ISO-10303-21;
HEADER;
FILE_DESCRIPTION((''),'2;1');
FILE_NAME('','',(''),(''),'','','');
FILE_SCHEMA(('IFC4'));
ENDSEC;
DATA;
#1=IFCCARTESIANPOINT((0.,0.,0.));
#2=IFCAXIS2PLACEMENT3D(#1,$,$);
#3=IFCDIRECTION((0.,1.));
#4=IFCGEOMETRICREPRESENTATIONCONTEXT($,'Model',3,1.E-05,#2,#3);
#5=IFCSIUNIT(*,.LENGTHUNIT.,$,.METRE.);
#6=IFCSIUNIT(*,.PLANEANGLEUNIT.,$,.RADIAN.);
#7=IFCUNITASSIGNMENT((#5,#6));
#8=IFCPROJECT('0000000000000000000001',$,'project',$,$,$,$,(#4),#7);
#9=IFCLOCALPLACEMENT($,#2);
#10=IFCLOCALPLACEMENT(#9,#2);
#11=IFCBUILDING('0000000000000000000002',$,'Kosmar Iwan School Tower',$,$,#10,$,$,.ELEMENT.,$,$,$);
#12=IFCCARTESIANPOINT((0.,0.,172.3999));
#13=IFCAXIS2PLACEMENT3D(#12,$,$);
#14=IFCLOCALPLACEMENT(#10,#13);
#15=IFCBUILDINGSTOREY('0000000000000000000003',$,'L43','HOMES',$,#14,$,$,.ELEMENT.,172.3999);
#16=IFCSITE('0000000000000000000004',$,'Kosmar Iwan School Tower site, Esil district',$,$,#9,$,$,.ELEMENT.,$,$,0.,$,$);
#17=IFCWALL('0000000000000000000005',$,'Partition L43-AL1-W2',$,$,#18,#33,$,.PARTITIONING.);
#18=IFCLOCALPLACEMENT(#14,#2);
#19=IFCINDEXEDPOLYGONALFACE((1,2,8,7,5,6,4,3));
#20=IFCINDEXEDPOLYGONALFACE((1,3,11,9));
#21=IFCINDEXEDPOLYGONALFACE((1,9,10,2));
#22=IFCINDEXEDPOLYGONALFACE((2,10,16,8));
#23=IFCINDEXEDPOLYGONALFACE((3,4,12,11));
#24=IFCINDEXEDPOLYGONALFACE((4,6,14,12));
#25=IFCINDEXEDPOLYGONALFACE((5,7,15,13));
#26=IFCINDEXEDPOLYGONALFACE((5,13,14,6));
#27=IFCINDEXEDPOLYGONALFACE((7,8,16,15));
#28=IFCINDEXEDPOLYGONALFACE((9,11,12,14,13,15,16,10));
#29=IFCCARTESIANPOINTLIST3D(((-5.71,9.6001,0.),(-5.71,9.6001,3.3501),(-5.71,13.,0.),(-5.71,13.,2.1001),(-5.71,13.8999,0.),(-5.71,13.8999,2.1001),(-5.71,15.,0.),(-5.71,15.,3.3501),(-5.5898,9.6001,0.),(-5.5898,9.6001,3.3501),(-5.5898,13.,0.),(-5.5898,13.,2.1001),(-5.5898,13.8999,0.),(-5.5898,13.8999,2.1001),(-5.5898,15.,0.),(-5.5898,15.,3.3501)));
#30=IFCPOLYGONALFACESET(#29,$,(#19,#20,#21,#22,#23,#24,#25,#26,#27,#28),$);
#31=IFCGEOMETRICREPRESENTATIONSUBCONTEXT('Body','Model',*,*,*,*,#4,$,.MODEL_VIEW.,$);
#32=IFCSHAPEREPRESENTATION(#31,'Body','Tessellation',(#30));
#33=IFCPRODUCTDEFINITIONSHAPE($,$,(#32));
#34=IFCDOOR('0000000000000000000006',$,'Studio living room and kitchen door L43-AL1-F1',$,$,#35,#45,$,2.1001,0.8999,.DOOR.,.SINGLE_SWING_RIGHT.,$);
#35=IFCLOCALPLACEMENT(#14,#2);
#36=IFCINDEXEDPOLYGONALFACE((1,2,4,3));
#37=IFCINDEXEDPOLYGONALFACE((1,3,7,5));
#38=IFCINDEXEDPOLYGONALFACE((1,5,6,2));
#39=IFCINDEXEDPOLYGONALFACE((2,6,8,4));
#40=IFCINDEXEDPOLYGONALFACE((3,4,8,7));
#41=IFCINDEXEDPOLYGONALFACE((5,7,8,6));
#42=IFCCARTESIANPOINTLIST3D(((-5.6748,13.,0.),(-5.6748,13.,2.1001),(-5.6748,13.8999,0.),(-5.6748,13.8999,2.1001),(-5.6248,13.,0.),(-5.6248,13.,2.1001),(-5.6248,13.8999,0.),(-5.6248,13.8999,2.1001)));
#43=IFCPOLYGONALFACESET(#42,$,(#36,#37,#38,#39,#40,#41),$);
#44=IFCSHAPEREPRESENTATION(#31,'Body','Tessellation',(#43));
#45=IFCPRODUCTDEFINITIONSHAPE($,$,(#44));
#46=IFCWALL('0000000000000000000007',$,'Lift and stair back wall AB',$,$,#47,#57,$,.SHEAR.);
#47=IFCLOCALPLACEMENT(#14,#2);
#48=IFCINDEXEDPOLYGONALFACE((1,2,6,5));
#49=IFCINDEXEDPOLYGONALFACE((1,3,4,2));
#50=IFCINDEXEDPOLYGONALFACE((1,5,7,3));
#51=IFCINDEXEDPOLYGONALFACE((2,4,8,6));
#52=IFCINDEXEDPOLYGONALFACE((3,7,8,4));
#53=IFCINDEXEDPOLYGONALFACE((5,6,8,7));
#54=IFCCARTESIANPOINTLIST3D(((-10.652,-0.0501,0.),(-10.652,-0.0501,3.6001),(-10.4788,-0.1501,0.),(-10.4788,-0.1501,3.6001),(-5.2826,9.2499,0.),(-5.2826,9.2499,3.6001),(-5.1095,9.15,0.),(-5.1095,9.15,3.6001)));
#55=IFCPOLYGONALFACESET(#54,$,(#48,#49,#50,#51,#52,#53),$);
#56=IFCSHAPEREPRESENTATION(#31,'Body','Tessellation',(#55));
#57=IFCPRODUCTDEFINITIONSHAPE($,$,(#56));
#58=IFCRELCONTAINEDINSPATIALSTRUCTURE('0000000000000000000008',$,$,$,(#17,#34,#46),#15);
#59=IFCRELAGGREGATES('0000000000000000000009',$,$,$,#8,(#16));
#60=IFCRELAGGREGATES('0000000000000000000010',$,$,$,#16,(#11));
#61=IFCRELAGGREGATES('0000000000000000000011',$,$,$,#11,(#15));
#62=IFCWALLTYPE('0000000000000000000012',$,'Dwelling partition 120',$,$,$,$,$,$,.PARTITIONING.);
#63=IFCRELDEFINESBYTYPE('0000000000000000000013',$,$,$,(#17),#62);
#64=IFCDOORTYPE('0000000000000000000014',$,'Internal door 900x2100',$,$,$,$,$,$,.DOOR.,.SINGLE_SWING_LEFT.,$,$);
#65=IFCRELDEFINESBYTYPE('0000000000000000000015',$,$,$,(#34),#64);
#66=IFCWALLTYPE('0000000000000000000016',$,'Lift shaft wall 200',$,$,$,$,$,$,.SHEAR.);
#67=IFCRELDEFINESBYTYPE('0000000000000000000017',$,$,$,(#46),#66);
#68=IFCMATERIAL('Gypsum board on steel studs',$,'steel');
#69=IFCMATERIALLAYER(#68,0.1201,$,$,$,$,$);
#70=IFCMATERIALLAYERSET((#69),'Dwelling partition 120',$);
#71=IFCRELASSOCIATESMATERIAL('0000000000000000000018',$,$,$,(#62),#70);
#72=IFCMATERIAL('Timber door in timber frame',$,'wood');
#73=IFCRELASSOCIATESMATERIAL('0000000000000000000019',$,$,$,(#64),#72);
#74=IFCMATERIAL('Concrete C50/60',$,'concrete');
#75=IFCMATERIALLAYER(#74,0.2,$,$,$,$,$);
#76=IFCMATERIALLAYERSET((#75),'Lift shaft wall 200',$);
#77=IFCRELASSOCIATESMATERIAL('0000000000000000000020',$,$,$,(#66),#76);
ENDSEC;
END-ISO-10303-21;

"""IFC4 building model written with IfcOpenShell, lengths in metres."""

from ifc_helpers import new_model, si_unit, direction, frame, frame_2d, origin, place, context, subcontext, project, spatial, rectangle, extrude, material, layer, layer_set, type_object, element, fill, save


model = new_model("IFC4")

# Units and contexts
model_context = context("Model", 3, precision=1e-05, world=origin(), true_north=direction((0.0, 1.0)))
body_context = subcontext(model_context, "Body", "Model", "MODEL_VIEW")
ifc_project = project(units=[si_unit("LENGTHUNIT", "METRE"), si_unit("PLANEANGLEUNIT", "RADIAN")], contexts=[model_context])

# Site, building, storey
site_placement = place(None, origin())
site = spatial("IfcSite", under=ifc_project, at=site_placement, Name="Kosmar Iwan School Tower site, Esil district", CompositionType="ELEMENT", RefElevation=0.0)
building_placement = place(site_placement, origin())
building = spatial("IfcBuilding", under=site, at=building_placement, Name="Kosmar Iwan School Tower", CompositionType="ELEMENT")
storey_placement = place(building_placement, frame((0.0, 0.0, 172.3999)))
storey = spatial("IfcBuildingStorey", under=building, at=storey_placement, Name="L43", Description="HOMES", CompositionType="ELEMENT", Elevation=172.3999)

# Shared definitions
ifc_material_1 = material(Name="Gypsum board on steel studs", Category="steel")
ifc_layer_1 = layer(ifc_material_1, 0.1201)
ifc_layer_set_1 = layer_set([ifc_layer_1], Name="Dwelling partition 120")
wall_type_1 = type_object("IfcWallType", Name="Dwelling partition 120", PredefinedType="PARTITIONING", material=ifc_layer_set_1)
ifc_material_2 = material(Name="Timber door in timber frame", Category="wood")
door_type_1 = type_object("IfcDoorType", Name="Internal door 900x2100", OperationType="SINGLE_SWING_LEFT", PredefinedType="DOOR", material=ifc_material_2)

# Wall, opening, door
wall_1_placement = place(storey_placement, frame((-5.6499, 9.6001, 0.0), z_axis=(0.0, 0.0, 1.0), x_axis=(0.0, 1.0, 0.0)))
wall_1 = element("IfcWall", 1, at=wall_1_placement, inside=storey, type_object=wall_type_1, Name="Partition L43-AL1-W2", PredefinedType="PARTITIONING", context=body_context, shape_type="SweptSolid", body=[
    extrude(rectangle(XDim=5.3999, YDim=0.1201, at=frame_2d((2.7, 0.0))), origin(), (0.0, 0.0, 1.0), 3.3501),
])
opening_1_placement = place(wall_1_placement, frame((3.3999, 0.0, 0.0)))
opening_1 = element("IfcOpeningElement", 2, at=opening_1_placement, cuts=wall_1, PredefinedType="OPENING", context=body_context, shape_type="SweptSolid", body=[
    extrude(rectangle(XDim=0.8999, YDim=2.1001, at=frame_2d((0.45, 1.05))), frame((0.0, 0.072, 0.0), z_axis=(0.0, -1.0, 0.0), x_axis=(1.0, 0.0, 0.0)), (0.0, 0.0, 1.0), 0.144),
])
door_1_placement = place(opening_1_placement, origin())
door_1 = element("IfcDoor", 3, at=door_1_placement, inside=storey, type_object=door_type_1, Name="Studio living room and kitchen door L43-AL1-F1", OperationType="SINGLE_SWING_RIGHT", OverallHeight=2.1001, OverallWidth=0.8999, PredefinedType="DOOR", context=body_context, shape_type="SweptSolid", body=[
    extrude(rectangle(XDim=0.8999, YDim=2.1001, at=frame_2d((0.45, 1.05))), frame((0.0, 0.0249, 0.0), z_axis=(0.0, -1.0, 0.0), x_axis=(1.0, 0.0, 0.0)), (0.0, 0.0, 1.0), 0.05),
])
fill(opening_1, door_1)

# Wall
ifc_material_3 = material(Name="Concrete C50/60", Category="concrete")
ifc_layer_2 = layer(ifc_material_3, 0.2)
ifc_layer_set_2 = layer_set([ifc_layer_2], Name="Lift shaft wall 200")
wall_type_2 = type_object("IfcWallType", Name="Lift shaft wall 200", PredefinedType="SHEAR", material=ifc_layer_set_2)
wall_2_placement = place(storey_placement, frame((-5.196, 9.2, 0.0), z_axis=(0.0, 0.0, 1.0), x_axis=(-0.5, -0.866025, 0.0)))
element("IfcWall", 4, at=wall_2_placement, inside=storey, type_object=wall_type_2, Name="Lift and stair back wall AB", PredefinedType="SHEAR", context=body_context, shape_type="SweptSolid", body=[
    extrude(rectangle(XDim=10.7388, YDim=0.2, at=frame_2d((5.3694, 0.0))), origin(), (0.0, 0.0, 1.0), 3.6001),
])

save(model, "model.ifc")
